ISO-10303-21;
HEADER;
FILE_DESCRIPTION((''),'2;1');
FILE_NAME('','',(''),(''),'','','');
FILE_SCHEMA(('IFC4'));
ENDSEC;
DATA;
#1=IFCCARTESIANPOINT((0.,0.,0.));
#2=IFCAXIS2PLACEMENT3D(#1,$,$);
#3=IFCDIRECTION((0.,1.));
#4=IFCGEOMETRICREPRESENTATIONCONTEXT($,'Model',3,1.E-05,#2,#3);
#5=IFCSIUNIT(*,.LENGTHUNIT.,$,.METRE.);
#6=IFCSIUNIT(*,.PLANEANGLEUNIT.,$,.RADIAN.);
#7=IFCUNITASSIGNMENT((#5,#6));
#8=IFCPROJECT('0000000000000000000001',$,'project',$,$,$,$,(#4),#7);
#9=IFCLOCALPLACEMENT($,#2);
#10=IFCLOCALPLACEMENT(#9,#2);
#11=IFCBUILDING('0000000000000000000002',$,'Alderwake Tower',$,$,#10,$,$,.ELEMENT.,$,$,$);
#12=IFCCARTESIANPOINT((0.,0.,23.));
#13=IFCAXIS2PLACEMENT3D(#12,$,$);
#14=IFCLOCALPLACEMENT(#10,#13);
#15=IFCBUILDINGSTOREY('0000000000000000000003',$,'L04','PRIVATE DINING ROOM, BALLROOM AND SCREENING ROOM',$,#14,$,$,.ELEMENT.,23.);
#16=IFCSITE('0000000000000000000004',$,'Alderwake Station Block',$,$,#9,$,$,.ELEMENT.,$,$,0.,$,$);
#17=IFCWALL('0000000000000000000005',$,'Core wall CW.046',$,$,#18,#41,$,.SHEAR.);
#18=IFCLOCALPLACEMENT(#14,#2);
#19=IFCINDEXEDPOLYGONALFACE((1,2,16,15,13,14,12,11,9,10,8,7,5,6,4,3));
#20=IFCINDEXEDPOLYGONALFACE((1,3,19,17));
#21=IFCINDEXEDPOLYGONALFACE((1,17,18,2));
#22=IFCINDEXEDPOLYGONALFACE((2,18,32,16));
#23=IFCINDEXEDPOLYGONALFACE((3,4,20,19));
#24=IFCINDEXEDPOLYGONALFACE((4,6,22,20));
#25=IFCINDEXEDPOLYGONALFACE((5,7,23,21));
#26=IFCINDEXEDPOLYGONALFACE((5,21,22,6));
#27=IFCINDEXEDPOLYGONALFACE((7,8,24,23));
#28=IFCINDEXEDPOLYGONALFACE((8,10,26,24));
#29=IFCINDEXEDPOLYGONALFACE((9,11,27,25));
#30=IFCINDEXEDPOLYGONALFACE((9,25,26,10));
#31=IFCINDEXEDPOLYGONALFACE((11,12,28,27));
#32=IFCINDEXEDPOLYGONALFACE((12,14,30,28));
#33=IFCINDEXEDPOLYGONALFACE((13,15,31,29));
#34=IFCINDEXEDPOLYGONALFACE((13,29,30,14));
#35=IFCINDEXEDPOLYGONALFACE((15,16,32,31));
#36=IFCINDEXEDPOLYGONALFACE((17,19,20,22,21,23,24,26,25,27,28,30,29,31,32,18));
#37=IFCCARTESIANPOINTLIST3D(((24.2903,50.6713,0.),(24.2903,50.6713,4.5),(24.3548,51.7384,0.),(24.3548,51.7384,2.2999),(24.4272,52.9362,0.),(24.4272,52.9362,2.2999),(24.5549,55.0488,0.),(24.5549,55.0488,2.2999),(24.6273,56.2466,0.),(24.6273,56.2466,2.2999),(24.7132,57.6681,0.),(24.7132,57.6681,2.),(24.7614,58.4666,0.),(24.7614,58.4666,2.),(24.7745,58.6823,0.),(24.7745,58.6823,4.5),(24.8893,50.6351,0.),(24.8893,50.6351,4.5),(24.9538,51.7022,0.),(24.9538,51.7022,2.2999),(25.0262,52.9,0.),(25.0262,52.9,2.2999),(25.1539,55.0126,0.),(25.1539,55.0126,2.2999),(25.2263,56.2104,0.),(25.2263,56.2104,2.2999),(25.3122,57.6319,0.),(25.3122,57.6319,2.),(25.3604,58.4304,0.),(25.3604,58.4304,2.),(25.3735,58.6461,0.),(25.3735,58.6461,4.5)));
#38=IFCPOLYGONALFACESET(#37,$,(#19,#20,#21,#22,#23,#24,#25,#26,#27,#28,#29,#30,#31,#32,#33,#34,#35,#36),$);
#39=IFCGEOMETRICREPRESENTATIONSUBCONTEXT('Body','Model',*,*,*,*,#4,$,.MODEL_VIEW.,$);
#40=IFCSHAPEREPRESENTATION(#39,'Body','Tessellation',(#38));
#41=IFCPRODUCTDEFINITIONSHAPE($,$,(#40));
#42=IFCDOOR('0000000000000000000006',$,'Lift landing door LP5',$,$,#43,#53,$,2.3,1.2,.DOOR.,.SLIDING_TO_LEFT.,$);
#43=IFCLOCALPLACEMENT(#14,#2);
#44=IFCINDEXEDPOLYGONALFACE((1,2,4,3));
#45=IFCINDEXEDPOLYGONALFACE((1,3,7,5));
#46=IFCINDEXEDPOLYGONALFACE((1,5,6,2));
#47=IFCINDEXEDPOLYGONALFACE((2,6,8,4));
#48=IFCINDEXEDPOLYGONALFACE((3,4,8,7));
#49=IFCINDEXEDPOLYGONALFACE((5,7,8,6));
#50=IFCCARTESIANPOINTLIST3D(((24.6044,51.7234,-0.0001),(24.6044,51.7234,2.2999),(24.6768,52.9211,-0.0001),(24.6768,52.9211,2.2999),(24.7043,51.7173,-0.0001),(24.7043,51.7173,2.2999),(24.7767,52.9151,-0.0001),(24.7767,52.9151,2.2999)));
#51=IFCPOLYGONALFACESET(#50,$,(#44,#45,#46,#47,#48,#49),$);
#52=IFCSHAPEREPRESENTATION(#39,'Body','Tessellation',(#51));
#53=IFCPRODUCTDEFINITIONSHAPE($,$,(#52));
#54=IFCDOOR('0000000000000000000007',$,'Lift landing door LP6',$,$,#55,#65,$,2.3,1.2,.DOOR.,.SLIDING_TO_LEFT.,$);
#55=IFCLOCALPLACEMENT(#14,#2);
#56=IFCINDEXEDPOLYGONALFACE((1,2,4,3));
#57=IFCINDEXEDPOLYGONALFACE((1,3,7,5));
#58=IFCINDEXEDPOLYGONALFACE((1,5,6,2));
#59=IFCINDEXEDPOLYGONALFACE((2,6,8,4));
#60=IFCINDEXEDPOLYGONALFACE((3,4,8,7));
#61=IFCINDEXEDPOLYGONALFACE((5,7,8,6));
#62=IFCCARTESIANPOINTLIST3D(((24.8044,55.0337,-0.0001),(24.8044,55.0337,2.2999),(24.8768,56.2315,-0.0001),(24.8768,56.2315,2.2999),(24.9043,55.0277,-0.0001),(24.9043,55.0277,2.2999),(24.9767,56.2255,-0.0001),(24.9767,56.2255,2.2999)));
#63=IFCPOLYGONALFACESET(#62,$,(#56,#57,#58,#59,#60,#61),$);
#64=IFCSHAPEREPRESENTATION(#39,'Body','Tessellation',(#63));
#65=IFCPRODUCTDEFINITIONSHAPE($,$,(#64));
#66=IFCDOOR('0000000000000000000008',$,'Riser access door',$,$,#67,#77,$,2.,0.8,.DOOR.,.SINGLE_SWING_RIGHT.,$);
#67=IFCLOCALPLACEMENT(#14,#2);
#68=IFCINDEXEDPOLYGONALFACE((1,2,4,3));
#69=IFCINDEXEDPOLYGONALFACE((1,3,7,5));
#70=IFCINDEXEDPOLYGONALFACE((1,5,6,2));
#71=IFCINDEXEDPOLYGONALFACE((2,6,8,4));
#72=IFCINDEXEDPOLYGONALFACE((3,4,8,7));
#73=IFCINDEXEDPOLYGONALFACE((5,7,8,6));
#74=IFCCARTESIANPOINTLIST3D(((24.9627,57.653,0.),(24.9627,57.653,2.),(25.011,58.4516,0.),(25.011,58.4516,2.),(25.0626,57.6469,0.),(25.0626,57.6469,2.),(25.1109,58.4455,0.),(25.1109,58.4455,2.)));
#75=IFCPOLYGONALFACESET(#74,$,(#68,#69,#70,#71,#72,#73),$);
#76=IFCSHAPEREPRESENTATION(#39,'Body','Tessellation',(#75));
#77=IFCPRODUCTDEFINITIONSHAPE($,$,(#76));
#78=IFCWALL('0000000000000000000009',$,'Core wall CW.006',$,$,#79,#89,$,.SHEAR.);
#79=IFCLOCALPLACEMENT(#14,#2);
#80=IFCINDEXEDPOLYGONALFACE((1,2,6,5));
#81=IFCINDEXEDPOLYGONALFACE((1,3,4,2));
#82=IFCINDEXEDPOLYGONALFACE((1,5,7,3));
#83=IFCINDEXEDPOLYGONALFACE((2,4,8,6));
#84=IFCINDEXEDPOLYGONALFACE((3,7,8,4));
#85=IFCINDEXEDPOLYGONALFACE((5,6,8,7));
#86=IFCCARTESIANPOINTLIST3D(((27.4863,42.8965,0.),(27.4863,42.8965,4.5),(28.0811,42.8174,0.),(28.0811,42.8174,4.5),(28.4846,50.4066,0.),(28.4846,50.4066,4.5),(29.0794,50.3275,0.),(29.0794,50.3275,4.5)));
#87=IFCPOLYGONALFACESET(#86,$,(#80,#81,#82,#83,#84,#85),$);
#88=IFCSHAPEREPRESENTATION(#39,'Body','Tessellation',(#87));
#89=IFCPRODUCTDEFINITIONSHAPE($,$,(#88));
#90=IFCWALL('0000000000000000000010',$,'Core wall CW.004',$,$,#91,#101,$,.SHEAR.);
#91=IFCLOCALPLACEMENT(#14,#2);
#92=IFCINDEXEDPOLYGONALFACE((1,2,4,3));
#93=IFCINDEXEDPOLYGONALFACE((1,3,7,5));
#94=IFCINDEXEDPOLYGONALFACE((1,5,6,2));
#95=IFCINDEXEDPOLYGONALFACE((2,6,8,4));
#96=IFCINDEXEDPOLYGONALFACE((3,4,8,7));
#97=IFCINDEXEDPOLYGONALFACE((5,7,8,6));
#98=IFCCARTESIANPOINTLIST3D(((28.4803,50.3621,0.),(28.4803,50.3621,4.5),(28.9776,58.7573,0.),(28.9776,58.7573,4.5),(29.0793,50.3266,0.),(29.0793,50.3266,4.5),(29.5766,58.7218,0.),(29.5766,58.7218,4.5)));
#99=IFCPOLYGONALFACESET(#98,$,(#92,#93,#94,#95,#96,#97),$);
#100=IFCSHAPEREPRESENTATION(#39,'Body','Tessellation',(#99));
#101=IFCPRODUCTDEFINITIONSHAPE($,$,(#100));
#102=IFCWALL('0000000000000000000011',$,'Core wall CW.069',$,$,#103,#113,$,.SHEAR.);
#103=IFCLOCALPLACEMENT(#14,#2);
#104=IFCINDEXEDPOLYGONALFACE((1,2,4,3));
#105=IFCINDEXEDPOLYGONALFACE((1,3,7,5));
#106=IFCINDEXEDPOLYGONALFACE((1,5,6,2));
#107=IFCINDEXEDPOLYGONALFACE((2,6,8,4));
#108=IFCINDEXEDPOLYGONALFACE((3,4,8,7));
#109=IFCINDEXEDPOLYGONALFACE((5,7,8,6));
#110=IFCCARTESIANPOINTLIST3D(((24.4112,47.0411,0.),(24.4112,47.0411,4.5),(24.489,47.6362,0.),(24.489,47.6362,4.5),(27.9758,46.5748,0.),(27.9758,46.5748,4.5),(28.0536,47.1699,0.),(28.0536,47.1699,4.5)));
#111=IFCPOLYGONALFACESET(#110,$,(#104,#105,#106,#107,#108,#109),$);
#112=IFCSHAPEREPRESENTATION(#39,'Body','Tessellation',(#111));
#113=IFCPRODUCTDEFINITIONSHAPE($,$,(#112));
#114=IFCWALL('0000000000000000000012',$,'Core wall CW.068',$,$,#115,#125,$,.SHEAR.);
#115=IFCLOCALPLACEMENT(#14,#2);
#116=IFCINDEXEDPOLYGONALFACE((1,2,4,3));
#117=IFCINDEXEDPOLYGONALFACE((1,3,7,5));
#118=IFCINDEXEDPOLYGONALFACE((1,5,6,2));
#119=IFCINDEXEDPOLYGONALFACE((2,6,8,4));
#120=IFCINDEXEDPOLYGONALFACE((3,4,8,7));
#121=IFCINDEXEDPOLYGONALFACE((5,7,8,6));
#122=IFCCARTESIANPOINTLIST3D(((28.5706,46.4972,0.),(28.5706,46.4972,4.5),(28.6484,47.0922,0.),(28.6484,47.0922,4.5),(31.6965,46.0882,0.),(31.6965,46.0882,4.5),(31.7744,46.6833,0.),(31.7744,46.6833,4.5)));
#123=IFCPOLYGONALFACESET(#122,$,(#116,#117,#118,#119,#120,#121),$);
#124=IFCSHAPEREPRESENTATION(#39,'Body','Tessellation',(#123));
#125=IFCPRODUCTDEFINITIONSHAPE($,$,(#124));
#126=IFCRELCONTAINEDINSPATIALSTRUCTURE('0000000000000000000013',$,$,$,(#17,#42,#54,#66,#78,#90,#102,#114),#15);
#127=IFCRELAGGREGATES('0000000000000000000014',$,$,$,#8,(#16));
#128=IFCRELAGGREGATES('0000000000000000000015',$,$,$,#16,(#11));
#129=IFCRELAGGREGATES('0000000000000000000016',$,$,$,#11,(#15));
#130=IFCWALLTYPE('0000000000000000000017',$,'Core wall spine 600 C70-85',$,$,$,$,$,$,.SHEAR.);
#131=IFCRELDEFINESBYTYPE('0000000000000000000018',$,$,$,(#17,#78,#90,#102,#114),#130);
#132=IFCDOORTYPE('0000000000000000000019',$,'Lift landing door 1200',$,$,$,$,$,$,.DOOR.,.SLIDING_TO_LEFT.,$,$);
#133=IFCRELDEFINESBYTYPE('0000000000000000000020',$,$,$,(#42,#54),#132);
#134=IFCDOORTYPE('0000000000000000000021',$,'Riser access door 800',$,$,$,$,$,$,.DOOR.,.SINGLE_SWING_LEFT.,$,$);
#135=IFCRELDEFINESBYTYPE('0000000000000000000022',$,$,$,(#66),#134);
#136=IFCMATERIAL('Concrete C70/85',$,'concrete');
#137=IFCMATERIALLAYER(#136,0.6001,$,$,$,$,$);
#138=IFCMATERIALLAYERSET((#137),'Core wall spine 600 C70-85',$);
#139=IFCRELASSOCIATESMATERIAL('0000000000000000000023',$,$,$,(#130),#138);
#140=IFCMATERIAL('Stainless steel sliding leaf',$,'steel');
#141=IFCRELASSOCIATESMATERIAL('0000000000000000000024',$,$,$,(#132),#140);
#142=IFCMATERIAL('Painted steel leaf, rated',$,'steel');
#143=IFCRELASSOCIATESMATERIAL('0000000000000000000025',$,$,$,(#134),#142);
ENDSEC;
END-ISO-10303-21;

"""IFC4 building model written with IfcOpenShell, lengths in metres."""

from ifc_helpers import new_model, si_unit, direction, frame, frame_2d, origin, place, context, subcontext, project, spatial, rectangle, extrude, material, layer, layer_set, type_object, element, fill, save


model = new_model("IFC4")

# Units and contexts
model_context = context("Model", 3, precision=1e-05, world=origin(), true_north=direction((0.0, 1.0)))
body_context = subcontext(model_context, "Body", "Model", "MODEL_VIEW")
ifc_project = project(units=[si_unit("LENGTHUNIT", "METRE"), si_unit("PLANEANGLEUNIT", "RADIAN")], contexts=[model_context])

# Site, building, storey
site_placement = place(None, origin())
site = spatial("IfcSite", under=ifc_project, at=site_placement, Name="Alderwake Station Block", CompositionType="ELEMENT", RefElevation=0.0)
building_placement = place(site_placement, origin())
building = spatial("IfcBuilding", under=site, at=building_placement, Name="Alderwake Tower", CompositionType="ELEMENT")
storey_placement = place(building_placement, frame((0.0, 0.0, 23.0)))
storey = spatial("IfcBuildingStorey", under=building, at=storey_placement, Name="L04", Description="PRIVATE DINING ROOM, BALLROOM AND SCREENING ROOM", CompositionType="ELEMENT", Elevation=23.0)

# Wall, openings, doors
ifc_material_1 = material(Name="Concrete C70/85", Category="concrete")
ifc_layer_1 = layer(ifc_material_1, 0.6001)
ifc_layer_set_1 = layer_set([ifc_layer_1], Name="Core wall spine 600 C70-85")
wall_type_1 = type_object("IfcWallType", Name="Core wall spine 600 C70-85", PredefinedType="SHEAR", material=ifc_layer_set_1)
wall_1_placement = place(storey_placement, frame((24.5898, 50.6533, 0.0), z_axis=(0.0, 0.0, 1.0), x_axis=(0.060323, 0.998179, 0.0)))
wall_1 = element("IfcWall", 1, at=wall_1_placement, inside=storey, type_object=wall_type_1, Name="Core wall CW.046", PredefinedType="SHEAR", context=body_context, shape_type="SweptSolid", body=[
    extrude(rectangle(XDim=8.0256, YDim=0.6001, at=frame_2d((4.0127, 0.0))), origin(), (0.0, 0.0, 1.0), 4.5),
])
opening_1_placement = place(wall_1_placement, frame((1.0688, 0.0, 0.0)))
opening_1 = element("IfcOpeningElement", 2, at=opening_1_placement, cuts=wall_1, PredefinedType="OPENING", context=body_context, shape_type="SweptSolid", body=[
    extrude(rectangle(XDim=1.2, YDim=2.3, at=frame_2d((0.6001, 1.1499))), frame((0.0, 0.3101, 0.0), z_axis=(0.0, -1.0, 0.0), x_axis=(1.0, 0.0, 0.0)), (0.0, 0.0, 1.0), 0.6201),
])
opening_2_placement = place(wall_1_placement, frame((4.3853, 0.0, 0.0)))
opening_2 = element("IfcOpeningElement", 3, at=opening_2_placement, cuts=wall_1, PredefinedType="OPENING", context=body_context, shape_type="SweptSolid", body=[
    extrude(rectangle(XDim=1.2, YDim=2.3, at=frame_2d((0.6001, 1.1499))), frame((0.0, 0.3101, 0.0), z_axis=(0.0, -1.0, 0.0), x_axis=(1.0, 0.0, 0.0)), (0.0, 0.0, 1.0), 0.6201),
])
opening_3_placement = place(wall_1_placement, frame((7.0095, 0.0, 0.0)))
opening_3 = element("IfcOpeningElement", 4, at=opening_3_placement, cuts=wall_1, PredefinedType="OPENING", context=body_context, shape_type="SweptSolid", body=[
    extrude(rectangle(XDim=0.8, YDim=2.0, at=frame_2d((0.3999, 1.0))), frame((0.0, 0.3101, 0.0), z_axis=(0.0, -1.0, 0.0), x_axis=(1.0, 0.0, 0.0)), (0.0, 0.0, 1.0), 0.6201),
])
ifc_material_2 = material(Name="Stainless steel sliding leaf", Category="steel")
door_type_1 = type_object("IfcDoorType", Name="Lift landing door 1200", OperationType="SLIDING_TO_LEFT", PredefinedType="DOOR", material=ifc_material_2)
door_1_placement = place(opening_1_placement, origin())
door_1 = element("IfcDoor", 5, at=door_1_placement, inside=storey, type_object=door_type_1, Name="Lift landing door LP5", OperationType="SLIDING_TO_LEFT", OverallHeight=2.3, OverallWidth=1.2, PredefinedType="DOOR", context=body_context, shape_type="SweptSolid", body=[
    extrude(rectangle(XDim=1.2, YDim=2.3, at=frame_2d((0.6001, 1.1499))), frame((0.0, 0.05, 0.0), z_axis=(0.0, -1.0, 0.0), x_axis=(1.0, 0.0, 0.0)), (0.0, 0.0, 1.0), 0.1001),
])
fill(opening_1, door_1)
door_2_placement = place(opening_2_placement, origin())
door_2 = element("IfcDoor", 6, at=door_2_placement, inside=storey, type_object=door_type_1, Name="Lift landing door LP6", OperationType="SLIDING_TO_LEFT", OverallHeight=2.3, OverallWidth=1.2, PredefinedType="DOOR", context=body_context, shape_type="SweptSolid", body=[
    extrude(rectangle(XDim=1.2, YDim=2.3, at=frame_2d((0.6001, 1.1499))), frame((0.0, 0.05, 0.0), z_axis=(0.0, -1.0, 0.0), x_axis=(1.0, 0.0, 0.0)), (0.0, 0.0, 1.0), 0.1001),
])
fill(opening_2, door_2)
ifc_material_3 = material(Name="Painted steel leaf, rated", Category="steel")
door_type_2 = type_object("IfcDoorType", Name="Riser access door 800", OperationType="SINGLE_SWING_LEFT", PredefinedType="DOOR", material=ifc_material_3)
door_3_placement = place(opening_3_placement, origin())
door_3 = element("IfcDoor", 7, at=door_3_placement, inside=storey, type_object=door_type_2, Name="Riser access door", OperationType="SINGLE_SWING_RIGHT", OverallHeight=2.0, OverallWidth=0.8, PredefinedType="DOOR", context=body_context, shape_type="SweptSolid", body=[
    extrude(rectangle(XDim=0.8, YDim=2.0, at=frame_2d((0.3999, 1.0))), frame((0.0, 0.05, 0.0), z_axis=(0.0, -1.0, 0.0), x_axis=(1.0, 0.0, 0.0)), (0.0, 0.0, 1.0), 0.1001),
])
fill(opening_3, door_3)

# Walls
wall_2_placement = place(storey_placement, frame((27.7837, 42.8569, 0.0), z_axis=(0.0, 0.0, 1.0), x_axis=(0.131769, 0.99128, 0.0)))
element("IfcWall", 8, at=wall_2_placement, inside=storey, type_object=wall_type_1, Name="Core wall CW.006", PredefinedType="SHEAR", context=body_context, shape_type="SweptSolid", body=[
    extrude(rectangle(XDim=7.5762, YDim=0.6001, at=frame_2d((3.7881, 0.0))), origin(), (0.0, 0.0, 1.0), 4.5),
])
wall_3_placement = place(storey_placement, frame((28.7798, 50.3442, 0.0), z_axis=(0.0, 0.0, 1.0), x_axis=(0.059134, 0.99825, 0.0)))
element("IfcWall", 9, at=wall_3_placement, inside=storey, type_object=wall_type_1, Name="Core wall CW.004", PredefinedType="SHEAR", context=body_context, shape_type="SweptSolid", body=[
    extrude(rectangle(XDim=8.4099, YDim=0.6001, at=frame_2d((4.2051, 0.0))), origin(), (0.0, 0.0, 1.0), 4.5),
])
wall_4_placement = place(storey_placement, frame((24.4502, 47.3386, 0.0), z_axis=(0.0, 0.0, 1.0), x_axis=(0.991552, -0.129708, 0.0)))
element("IfcWall", 10, at=wall_4_placement, inside=storey, type_object=wall_type_1, Name="Core wall CW.069", PredefinedType="SHEAR", context=body_context, shape_type="SweptSolid", body=[
    extrude(rectangle(XDim=3.595, YDim=0.6001, at=frame_2d((1.7974, 0.0))), origin(), (0.0, 0.0, 1.0), 4.5),
])
wall_5_placement = place(storey_placement, frame((28.6096, 46.7947, 0.0), z_axis=(0.0, 0.0, 1.0), x_axis=(0.991552, -0.129713, 0.0)))
element("IfcWall", 11, at=wall_5_placement, inside=storey, type_object=wall_type_1, Name="Core wall CW.068", PredefinedType="SHEAR", context=body_context, shape_type="SweptSolid", body=[
    extrude(rectangle(XDim=3.1526, YDim=0.6001, at=frame_2d((1.5762, 0.0))), origin(), (0.0, 0.0, 1.0), 4.5),
])

save(model, "model.ifc")
